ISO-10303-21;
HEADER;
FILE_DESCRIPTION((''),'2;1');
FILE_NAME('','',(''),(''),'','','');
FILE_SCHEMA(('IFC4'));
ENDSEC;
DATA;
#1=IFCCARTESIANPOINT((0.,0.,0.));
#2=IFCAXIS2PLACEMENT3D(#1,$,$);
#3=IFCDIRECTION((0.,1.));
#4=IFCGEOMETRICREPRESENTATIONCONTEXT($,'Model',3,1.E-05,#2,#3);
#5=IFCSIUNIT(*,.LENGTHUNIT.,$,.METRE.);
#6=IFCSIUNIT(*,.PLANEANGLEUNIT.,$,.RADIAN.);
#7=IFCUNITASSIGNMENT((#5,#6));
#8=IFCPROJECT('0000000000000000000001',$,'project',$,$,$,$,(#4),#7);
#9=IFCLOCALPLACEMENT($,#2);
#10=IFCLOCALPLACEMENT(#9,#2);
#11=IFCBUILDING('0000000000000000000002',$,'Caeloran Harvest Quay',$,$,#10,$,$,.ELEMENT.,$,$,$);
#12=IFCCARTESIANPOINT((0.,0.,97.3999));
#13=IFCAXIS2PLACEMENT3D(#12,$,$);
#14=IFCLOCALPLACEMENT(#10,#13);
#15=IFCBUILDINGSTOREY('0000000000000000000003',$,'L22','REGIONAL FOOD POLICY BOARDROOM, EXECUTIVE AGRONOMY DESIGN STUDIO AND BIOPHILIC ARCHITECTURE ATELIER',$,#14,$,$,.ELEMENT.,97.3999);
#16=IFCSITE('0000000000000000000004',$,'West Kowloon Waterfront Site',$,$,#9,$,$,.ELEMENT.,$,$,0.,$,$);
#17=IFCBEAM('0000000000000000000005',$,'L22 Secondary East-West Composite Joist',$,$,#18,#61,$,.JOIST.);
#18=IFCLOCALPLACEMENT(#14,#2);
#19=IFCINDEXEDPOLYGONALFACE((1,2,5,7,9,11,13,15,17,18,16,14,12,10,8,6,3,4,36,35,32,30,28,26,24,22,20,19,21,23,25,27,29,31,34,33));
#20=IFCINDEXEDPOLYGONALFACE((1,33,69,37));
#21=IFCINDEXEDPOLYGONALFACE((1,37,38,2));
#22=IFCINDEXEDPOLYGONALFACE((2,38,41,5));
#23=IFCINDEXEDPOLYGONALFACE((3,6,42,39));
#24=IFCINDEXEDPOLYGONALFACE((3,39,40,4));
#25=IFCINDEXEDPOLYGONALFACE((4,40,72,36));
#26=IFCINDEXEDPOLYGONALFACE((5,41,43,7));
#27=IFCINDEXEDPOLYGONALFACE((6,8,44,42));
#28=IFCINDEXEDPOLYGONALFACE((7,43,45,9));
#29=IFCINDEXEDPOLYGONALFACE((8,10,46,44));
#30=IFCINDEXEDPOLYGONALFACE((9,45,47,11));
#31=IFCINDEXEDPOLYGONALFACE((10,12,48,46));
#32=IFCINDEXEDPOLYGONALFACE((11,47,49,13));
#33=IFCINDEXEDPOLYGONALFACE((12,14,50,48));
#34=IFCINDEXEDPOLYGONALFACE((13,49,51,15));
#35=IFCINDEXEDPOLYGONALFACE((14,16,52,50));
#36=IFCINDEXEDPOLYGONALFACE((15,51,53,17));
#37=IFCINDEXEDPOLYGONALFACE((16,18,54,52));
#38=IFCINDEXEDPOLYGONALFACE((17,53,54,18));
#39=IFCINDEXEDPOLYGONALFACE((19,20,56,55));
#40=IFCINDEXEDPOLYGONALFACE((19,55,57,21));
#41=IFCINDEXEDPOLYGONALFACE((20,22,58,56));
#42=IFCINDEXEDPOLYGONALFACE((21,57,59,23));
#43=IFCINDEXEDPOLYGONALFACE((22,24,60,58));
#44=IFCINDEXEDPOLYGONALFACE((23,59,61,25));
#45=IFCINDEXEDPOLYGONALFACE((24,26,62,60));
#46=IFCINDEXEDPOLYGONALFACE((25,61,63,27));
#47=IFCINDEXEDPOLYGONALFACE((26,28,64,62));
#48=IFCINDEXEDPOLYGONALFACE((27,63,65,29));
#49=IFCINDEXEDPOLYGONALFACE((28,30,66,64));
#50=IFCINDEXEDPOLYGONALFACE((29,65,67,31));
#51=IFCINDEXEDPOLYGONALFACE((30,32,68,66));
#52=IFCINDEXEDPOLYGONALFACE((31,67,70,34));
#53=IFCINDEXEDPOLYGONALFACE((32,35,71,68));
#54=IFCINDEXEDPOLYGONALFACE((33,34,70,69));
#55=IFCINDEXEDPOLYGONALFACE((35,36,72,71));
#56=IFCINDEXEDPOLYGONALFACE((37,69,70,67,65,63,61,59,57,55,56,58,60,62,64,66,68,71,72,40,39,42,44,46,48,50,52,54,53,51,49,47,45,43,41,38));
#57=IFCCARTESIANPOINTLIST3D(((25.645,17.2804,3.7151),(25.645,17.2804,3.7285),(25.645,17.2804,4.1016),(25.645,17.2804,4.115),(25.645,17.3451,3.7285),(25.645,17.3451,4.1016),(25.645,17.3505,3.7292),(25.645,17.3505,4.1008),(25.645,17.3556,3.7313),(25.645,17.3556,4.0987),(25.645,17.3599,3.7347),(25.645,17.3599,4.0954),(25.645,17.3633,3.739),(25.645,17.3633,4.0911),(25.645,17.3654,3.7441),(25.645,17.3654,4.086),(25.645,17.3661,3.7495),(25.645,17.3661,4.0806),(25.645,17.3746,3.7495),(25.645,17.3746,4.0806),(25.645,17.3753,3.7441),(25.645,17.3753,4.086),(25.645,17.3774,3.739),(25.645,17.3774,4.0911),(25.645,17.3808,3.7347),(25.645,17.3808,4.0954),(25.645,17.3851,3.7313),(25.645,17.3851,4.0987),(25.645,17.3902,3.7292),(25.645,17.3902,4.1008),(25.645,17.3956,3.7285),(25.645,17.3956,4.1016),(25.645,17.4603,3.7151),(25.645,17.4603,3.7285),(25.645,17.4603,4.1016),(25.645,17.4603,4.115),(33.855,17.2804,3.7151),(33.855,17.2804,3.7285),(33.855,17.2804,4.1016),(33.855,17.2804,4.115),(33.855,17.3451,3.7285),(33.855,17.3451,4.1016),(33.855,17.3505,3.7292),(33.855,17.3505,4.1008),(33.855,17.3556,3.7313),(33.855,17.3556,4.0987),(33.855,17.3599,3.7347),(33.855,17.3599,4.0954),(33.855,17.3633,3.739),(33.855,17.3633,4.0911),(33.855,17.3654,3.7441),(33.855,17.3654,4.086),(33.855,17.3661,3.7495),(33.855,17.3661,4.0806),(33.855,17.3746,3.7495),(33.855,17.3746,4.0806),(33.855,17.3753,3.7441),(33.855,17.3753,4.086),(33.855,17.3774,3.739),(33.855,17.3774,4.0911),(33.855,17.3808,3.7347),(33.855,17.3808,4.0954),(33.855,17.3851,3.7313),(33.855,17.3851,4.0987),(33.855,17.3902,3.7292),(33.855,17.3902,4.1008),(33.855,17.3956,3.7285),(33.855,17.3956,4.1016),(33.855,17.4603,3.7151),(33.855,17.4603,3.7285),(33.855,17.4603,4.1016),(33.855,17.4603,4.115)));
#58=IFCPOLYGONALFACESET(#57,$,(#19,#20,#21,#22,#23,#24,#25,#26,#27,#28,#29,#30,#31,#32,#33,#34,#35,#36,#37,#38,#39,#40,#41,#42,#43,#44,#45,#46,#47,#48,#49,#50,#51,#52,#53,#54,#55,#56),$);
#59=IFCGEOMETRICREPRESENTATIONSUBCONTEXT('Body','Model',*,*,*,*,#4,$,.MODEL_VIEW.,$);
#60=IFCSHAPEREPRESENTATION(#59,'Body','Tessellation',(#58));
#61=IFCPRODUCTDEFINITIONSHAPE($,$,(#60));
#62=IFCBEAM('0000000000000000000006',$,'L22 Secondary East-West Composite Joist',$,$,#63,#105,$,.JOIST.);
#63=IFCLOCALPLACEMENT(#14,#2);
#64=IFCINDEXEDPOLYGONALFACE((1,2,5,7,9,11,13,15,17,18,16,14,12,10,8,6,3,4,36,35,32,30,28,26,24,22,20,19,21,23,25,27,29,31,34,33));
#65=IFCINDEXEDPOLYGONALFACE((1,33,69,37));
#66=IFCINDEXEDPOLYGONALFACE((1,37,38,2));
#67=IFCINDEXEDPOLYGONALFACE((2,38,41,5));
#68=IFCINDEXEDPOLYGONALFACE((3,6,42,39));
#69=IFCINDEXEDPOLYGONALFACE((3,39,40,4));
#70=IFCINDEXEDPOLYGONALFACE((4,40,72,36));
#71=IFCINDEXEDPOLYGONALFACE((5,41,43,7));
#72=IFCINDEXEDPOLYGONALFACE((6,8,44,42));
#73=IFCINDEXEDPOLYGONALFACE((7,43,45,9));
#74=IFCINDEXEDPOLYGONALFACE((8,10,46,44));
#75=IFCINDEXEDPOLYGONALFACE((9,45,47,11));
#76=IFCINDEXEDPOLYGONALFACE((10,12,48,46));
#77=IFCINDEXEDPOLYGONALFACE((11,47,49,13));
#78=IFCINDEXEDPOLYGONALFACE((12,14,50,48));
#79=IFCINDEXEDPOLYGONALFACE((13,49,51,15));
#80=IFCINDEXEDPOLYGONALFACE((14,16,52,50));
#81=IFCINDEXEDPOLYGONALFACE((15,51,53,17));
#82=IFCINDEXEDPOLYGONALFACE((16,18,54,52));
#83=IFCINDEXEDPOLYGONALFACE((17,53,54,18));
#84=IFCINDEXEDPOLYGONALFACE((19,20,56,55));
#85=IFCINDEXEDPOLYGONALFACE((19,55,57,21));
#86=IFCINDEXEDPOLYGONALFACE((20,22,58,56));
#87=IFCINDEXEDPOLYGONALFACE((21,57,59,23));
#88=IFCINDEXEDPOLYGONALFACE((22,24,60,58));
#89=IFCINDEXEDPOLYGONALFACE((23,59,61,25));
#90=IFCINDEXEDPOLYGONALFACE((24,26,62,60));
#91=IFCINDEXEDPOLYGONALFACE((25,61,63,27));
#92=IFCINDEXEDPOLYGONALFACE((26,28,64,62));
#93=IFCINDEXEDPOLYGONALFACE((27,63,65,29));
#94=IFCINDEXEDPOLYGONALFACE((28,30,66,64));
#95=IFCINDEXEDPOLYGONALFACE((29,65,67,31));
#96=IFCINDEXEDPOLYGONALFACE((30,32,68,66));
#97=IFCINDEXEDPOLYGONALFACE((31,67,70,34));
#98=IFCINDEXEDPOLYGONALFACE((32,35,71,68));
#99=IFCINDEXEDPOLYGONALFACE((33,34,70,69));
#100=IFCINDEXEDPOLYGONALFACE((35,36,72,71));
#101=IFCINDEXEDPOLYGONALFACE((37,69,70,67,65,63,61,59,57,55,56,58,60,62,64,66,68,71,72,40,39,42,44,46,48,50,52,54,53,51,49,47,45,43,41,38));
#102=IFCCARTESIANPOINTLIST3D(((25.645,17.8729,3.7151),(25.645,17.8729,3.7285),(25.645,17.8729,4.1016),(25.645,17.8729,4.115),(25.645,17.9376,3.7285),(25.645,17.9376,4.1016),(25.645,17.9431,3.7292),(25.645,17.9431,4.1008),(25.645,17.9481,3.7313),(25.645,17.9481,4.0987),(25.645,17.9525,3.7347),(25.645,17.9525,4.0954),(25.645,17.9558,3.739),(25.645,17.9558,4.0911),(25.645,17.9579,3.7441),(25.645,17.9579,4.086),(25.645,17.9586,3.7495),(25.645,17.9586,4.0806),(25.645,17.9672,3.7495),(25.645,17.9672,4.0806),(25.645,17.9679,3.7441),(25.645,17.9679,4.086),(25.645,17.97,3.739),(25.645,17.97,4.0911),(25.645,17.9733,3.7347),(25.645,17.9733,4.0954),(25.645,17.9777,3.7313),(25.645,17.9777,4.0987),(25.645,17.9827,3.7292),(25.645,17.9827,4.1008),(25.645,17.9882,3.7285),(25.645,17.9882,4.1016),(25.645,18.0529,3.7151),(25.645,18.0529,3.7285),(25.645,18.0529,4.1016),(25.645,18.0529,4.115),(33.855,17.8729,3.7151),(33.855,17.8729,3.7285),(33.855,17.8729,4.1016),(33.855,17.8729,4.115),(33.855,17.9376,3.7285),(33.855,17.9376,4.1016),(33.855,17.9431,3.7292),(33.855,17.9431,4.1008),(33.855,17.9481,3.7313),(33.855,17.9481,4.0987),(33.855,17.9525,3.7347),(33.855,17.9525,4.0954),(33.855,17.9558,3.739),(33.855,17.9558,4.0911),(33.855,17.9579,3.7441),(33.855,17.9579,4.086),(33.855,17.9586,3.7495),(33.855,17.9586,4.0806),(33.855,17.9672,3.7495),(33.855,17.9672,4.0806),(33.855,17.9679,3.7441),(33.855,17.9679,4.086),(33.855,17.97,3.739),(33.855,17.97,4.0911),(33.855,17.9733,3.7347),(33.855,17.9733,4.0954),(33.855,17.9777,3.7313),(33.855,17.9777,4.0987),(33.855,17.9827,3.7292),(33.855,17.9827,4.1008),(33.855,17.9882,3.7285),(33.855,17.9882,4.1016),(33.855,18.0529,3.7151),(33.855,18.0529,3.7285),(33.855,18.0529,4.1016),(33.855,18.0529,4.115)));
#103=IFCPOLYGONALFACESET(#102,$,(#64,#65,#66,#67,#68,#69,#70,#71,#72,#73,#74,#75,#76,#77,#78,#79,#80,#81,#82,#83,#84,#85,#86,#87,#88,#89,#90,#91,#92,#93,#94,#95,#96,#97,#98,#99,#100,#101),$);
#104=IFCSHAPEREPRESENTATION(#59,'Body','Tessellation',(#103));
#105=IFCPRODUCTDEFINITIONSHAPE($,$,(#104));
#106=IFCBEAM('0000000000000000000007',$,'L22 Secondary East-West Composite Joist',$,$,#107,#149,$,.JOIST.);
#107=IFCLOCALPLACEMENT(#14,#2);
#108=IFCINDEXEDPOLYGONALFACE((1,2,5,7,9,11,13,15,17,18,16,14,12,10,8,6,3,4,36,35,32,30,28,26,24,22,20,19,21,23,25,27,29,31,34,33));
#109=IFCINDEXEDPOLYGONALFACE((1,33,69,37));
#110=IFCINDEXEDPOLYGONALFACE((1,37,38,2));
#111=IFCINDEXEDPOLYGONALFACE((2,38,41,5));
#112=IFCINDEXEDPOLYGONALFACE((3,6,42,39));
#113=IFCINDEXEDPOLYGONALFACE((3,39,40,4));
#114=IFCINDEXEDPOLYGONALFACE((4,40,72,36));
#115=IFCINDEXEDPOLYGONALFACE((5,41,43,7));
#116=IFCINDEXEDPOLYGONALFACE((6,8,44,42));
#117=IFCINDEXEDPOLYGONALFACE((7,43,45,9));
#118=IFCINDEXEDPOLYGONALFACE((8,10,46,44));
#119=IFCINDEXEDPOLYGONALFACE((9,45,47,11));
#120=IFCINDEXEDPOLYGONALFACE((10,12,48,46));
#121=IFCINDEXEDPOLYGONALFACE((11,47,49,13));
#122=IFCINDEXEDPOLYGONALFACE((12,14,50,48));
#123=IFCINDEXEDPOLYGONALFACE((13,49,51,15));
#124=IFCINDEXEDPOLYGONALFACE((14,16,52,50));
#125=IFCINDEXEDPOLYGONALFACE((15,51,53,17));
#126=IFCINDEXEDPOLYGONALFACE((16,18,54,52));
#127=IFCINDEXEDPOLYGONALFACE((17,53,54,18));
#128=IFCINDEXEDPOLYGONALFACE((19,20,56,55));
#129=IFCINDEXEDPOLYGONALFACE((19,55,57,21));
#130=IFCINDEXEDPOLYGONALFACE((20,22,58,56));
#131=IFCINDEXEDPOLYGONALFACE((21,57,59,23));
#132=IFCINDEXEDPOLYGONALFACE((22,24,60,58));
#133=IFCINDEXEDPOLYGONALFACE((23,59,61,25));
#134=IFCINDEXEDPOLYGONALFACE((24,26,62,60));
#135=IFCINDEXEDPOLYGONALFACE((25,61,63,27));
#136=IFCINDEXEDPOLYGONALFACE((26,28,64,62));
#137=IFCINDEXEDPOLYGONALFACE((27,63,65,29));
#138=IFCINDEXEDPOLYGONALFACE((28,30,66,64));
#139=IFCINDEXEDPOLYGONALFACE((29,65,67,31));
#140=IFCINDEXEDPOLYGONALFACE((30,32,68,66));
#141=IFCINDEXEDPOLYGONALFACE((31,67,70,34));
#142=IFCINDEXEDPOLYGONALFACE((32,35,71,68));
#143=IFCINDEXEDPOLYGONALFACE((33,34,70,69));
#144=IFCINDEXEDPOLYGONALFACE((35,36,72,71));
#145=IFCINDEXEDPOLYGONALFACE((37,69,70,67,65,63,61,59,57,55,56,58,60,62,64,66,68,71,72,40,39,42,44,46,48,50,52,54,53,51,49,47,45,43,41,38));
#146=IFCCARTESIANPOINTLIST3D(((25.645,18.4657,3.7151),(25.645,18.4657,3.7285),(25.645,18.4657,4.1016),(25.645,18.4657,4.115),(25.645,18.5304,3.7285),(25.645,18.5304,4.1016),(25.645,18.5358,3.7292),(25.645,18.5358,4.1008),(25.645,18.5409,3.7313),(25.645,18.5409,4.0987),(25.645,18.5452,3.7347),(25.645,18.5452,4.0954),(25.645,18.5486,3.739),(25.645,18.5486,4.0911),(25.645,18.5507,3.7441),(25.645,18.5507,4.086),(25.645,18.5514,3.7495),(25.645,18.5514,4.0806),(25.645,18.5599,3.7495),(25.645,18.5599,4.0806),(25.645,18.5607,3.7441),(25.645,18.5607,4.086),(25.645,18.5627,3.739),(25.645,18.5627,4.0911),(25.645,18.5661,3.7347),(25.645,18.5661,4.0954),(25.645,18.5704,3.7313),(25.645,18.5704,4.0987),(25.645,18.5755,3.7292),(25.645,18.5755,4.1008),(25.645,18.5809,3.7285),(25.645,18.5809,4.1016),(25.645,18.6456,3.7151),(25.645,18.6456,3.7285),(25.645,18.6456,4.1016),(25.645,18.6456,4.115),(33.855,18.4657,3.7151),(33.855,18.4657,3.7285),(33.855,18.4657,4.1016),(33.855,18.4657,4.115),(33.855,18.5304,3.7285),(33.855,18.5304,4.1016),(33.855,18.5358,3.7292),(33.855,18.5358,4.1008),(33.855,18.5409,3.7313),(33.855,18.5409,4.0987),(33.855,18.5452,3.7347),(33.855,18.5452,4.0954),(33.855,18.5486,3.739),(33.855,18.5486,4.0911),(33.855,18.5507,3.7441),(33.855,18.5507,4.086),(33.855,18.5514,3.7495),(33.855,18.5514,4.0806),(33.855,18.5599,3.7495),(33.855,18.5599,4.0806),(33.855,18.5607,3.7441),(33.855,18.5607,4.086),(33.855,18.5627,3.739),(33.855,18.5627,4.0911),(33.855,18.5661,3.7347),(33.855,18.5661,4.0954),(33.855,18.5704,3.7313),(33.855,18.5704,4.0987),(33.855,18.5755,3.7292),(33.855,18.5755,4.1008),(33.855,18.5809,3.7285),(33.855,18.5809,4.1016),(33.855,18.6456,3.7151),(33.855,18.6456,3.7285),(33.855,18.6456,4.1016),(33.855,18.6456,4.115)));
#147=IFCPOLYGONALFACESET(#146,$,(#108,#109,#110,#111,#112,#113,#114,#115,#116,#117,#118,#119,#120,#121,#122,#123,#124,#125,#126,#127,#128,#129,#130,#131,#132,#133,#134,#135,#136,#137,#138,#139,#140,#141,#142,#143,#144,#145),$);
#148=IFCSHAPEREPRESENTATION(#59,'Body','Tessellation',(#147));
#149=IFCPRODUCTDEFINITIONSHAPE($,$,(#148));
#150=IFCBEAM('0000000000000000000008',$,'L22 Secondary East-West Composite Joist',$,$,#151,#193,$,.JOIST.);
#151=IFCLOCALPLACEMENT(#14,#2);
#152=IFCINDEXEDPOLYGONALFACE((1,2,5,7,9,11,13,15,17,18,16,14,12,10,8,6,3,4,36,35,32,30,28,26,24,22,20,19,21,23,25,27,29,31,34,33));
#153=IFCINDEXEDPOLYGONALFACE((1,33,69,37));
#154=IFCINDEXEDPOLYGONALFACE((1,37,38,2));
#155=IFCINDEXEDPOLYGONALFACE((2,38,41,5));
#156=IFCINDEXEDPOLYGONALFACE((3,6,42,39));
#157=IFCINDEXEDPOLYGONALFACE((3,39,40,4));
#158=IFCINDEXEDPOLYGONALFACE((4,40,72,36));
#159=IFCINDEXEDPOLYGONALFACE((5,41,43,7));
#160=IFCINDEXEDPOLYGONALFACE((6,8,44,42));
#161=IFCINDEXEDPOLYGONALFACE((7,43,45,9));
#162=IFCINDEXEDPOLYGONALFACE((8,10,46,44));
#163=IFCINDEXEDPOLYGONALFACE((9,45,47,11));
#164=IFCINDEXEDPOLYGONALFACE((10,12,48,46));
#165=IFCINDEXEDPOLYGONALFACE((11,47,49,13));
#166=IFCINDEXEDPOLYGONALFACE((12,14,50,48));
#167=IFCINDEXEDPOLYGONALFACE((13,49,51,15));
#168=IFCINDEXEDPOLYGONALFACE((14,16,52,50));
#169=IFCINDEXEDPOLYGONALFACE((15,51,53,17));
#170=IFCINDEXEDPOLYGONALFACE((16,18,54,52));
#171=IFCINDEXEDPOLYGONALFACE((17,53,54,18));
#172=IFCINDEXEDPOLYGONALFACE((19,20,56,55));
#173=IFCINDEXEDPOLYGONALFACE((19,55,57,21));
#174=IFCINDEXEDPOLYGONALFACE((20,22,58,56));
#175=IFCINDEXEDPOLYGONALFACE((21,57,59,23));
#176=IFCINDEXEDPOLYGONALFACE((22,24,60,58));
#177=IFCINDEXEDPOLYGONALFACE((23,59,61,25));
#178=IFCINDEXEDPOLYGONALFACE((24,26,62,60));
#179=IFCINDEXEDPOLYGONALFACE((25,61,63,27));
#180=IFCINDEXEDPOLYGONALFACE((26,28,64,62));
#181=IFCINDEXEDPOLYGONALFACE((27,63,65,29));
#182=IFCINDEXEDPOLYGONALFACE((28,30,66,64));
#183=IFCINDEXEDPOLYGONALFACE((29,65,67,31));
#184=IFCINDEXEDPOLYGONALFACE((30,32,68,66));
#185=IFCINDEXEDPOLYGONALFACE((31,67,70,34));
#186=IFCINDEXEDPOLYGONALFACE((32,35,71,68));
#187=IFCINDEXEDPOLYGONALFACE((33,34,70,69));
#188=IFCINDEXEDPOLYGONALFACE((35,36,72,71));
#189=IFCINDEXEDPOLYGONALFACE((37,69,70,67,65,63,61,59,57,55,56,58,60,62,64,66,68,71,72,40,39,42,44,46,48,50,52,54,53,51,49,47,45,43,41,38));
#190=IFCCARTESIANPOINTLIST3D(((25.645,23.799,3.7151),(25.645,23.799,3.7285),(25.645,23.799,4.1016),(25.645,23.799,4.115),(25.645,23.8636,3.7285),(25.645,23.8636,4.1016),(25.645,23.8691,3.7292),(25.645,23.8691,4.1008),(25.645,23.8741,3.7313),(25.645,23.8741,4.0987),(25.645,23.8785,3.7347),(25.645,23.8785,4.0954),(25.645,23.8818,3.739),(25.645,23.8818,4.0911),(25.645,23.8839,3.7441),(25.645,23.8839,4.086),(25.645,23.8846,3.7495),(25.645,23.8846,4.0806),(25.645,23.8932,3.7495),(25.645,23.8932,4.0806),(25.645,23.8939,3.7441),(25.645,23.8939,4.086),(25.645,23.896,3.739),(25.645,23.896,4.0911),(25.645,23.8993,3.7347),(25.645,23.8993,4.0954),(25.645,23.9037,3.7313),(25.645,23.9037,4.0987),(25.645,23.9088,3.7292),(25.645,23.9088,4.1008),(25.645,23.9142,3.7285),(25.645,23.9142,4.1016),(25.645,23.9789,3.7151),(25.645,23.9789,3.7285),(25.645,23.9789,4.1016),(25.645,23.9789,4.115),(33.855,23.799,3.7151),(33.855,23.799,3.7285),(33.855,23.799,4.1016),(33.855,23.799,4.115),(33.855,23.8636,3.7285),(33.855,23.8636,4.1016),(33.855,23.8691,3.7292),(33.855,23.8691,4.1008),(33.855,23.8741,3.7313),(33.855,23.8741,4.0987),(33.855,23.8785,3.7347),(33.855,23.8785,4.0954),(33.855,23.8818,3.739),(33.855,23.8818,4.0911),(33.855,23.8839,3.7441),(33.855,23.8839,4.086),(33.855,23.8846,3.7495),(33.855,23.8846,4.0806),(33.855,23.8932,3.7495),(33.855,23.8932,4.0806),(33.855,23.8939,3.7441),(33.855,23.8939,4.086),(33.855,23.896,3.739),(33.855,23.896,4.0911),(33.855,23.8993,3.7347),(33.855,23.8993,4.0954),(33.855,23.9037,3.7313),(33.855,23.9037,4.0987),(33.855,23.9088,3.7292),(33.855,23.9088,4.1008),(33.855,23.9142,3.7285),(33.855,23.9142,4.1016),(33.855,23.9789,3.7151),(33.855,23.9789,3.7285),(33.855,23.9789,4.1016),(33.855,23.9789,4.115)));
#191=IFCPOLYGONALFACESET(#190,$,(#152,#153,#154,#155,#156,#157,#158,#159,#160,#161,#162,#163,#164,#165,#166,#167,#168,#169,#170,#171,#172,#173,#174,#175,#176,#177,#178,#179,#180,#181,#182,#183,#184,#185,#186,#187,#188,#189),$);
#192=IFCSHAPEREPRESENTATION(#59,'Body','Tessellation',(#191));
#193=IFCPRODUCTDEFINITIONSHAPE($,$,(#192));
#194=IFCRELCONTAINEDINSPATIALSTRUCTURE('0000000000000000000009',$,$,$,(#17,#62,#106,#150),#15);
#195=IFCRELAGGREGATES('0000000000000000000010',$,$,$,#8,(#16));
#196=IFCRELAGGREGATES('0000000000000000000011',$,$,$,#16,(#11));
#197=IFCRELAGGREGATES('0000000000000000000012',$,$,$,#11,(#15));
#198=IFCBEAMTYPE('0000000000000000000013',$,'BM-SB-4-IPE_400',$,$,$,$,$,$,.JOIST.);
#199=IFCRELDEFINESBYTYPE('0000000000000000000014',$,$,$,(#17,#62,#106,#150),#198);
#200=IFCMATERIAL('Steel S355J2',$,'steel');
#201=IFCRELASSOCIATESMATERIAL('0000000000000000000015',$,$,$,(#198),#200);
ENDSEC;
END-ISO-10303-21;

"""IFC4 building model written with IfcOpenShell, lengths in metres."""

from ifc_helpers import new_model, si_unit, direction, frame, origin, origin_2d, place, context, subcontext, project, spatial, i_section, extrude, material, material_profile, profile_set, type_object, element, save


model = new_model("IFC4")

# Units and contexts
model_context = context("Model", 3, precision=1e-05, world=origin(), true_north=direction((0.0, 1.0)))
body_context = subcontext(model_context, "Body", "Model", "MODEL_VIEW")
ifc_project = project(units=[si_unit("LENGTHUNIT", "METRE"), si_unit("PLANEANGLEUNIT", "RADIAN")], contexts=[model_context])

# Site, building, storey
site_placement = place(None, origin())
site = spatial("IfcSite", under=ifc_project, at=site_placement, Name="West Kowloon Waterfront Site", CompositionType="ELEMENT", RefElevation=0.0)
building_placement = place(site_placement, origin())
building = spatial("IfcBuilding", under=site, at=building_placement, Name="Caeloran Harvest Quay", CompositionType="ELEMENT")
storey_placement = place(building_placement, frame((0.0, 0.0, 97.3999)))
storey = spatial("IfcBuildingStorey", under=building, at=storey_placement, Name="L22", Description="REGIONAL FOOD POLICY BOARDROOM, EXECUTIVE AGRONOMY DESIGN STUDIO AND BIOPHILIC ARCHITECTURE ATELIER", CompositionType="ELEMENT", Elevation=97.3999)

# Beams
ifc_material_1 = material(Name="Steel S355J2", Category="steel")
ifc_material_profile_1 = material_profile(ifc_material_1, i_section(OverallWidth=0.1799, OverallDepth=0.3999, WebThickness=0.0085, FlangeThickness=0.0134, FilletRadius=0.021, at=origin_2d()), Name="IPE 400")
ifc_profile_set_1 = profile_set([ifc_material_profile_1], Name="Steel S355J2")
beam_type_1 = type_object("IfcBeamType", Name="BM-SB-4-IPE_400", PredefinedType="JOIST", material=ifc_profile_set_1)
for number, where, z_axis, x_axis, name in (
    (1, (25.645, 17.3704, 3.915), (1.0, 0.0, 0.0), (0.0, 1.0, 0.0), "L22 Secondary East-West Composite Joist"),
    (2, (25.645, 17.9629, 3.915), (1.0, 0.0, 0.0), (0.0, 1.0, 0.0), "L22 Secondary East-West Composite Joist"),
    (3, (25.645, 18.5557, 3.915), (1.0, 0.0, 0.0), (0.0, 1.0, 0.0), "L22 Secondary East-West Composite Joist"),
    (4, (25.645, 23.8889, 3.915), (1.0, 0.0, 0.0), (0.0, 1.0, 0.0), "L22 Secondary East-West Composite Joist"),
):
    element("IfcBeam", number, at=place(storey_placement, frame(where, z_axis=z_axis, x_axis=x_axis)), inside=storey, type_object=beam_type_1, Name=name, PredefinedType="JOIST", context=body_context, shape_type="SweptSolid", body=[
        extrude(i_section(OverallWidth=0.1799, OverallDepth=0.3999, WebThickness=0.0085, FlangeThickness=0.0134, FilletRadius=0.021, at=origin_2d()), origin(), (0.0, 0.0, 1.0), 8.21),
    ])

save(model, "model.ifc")
